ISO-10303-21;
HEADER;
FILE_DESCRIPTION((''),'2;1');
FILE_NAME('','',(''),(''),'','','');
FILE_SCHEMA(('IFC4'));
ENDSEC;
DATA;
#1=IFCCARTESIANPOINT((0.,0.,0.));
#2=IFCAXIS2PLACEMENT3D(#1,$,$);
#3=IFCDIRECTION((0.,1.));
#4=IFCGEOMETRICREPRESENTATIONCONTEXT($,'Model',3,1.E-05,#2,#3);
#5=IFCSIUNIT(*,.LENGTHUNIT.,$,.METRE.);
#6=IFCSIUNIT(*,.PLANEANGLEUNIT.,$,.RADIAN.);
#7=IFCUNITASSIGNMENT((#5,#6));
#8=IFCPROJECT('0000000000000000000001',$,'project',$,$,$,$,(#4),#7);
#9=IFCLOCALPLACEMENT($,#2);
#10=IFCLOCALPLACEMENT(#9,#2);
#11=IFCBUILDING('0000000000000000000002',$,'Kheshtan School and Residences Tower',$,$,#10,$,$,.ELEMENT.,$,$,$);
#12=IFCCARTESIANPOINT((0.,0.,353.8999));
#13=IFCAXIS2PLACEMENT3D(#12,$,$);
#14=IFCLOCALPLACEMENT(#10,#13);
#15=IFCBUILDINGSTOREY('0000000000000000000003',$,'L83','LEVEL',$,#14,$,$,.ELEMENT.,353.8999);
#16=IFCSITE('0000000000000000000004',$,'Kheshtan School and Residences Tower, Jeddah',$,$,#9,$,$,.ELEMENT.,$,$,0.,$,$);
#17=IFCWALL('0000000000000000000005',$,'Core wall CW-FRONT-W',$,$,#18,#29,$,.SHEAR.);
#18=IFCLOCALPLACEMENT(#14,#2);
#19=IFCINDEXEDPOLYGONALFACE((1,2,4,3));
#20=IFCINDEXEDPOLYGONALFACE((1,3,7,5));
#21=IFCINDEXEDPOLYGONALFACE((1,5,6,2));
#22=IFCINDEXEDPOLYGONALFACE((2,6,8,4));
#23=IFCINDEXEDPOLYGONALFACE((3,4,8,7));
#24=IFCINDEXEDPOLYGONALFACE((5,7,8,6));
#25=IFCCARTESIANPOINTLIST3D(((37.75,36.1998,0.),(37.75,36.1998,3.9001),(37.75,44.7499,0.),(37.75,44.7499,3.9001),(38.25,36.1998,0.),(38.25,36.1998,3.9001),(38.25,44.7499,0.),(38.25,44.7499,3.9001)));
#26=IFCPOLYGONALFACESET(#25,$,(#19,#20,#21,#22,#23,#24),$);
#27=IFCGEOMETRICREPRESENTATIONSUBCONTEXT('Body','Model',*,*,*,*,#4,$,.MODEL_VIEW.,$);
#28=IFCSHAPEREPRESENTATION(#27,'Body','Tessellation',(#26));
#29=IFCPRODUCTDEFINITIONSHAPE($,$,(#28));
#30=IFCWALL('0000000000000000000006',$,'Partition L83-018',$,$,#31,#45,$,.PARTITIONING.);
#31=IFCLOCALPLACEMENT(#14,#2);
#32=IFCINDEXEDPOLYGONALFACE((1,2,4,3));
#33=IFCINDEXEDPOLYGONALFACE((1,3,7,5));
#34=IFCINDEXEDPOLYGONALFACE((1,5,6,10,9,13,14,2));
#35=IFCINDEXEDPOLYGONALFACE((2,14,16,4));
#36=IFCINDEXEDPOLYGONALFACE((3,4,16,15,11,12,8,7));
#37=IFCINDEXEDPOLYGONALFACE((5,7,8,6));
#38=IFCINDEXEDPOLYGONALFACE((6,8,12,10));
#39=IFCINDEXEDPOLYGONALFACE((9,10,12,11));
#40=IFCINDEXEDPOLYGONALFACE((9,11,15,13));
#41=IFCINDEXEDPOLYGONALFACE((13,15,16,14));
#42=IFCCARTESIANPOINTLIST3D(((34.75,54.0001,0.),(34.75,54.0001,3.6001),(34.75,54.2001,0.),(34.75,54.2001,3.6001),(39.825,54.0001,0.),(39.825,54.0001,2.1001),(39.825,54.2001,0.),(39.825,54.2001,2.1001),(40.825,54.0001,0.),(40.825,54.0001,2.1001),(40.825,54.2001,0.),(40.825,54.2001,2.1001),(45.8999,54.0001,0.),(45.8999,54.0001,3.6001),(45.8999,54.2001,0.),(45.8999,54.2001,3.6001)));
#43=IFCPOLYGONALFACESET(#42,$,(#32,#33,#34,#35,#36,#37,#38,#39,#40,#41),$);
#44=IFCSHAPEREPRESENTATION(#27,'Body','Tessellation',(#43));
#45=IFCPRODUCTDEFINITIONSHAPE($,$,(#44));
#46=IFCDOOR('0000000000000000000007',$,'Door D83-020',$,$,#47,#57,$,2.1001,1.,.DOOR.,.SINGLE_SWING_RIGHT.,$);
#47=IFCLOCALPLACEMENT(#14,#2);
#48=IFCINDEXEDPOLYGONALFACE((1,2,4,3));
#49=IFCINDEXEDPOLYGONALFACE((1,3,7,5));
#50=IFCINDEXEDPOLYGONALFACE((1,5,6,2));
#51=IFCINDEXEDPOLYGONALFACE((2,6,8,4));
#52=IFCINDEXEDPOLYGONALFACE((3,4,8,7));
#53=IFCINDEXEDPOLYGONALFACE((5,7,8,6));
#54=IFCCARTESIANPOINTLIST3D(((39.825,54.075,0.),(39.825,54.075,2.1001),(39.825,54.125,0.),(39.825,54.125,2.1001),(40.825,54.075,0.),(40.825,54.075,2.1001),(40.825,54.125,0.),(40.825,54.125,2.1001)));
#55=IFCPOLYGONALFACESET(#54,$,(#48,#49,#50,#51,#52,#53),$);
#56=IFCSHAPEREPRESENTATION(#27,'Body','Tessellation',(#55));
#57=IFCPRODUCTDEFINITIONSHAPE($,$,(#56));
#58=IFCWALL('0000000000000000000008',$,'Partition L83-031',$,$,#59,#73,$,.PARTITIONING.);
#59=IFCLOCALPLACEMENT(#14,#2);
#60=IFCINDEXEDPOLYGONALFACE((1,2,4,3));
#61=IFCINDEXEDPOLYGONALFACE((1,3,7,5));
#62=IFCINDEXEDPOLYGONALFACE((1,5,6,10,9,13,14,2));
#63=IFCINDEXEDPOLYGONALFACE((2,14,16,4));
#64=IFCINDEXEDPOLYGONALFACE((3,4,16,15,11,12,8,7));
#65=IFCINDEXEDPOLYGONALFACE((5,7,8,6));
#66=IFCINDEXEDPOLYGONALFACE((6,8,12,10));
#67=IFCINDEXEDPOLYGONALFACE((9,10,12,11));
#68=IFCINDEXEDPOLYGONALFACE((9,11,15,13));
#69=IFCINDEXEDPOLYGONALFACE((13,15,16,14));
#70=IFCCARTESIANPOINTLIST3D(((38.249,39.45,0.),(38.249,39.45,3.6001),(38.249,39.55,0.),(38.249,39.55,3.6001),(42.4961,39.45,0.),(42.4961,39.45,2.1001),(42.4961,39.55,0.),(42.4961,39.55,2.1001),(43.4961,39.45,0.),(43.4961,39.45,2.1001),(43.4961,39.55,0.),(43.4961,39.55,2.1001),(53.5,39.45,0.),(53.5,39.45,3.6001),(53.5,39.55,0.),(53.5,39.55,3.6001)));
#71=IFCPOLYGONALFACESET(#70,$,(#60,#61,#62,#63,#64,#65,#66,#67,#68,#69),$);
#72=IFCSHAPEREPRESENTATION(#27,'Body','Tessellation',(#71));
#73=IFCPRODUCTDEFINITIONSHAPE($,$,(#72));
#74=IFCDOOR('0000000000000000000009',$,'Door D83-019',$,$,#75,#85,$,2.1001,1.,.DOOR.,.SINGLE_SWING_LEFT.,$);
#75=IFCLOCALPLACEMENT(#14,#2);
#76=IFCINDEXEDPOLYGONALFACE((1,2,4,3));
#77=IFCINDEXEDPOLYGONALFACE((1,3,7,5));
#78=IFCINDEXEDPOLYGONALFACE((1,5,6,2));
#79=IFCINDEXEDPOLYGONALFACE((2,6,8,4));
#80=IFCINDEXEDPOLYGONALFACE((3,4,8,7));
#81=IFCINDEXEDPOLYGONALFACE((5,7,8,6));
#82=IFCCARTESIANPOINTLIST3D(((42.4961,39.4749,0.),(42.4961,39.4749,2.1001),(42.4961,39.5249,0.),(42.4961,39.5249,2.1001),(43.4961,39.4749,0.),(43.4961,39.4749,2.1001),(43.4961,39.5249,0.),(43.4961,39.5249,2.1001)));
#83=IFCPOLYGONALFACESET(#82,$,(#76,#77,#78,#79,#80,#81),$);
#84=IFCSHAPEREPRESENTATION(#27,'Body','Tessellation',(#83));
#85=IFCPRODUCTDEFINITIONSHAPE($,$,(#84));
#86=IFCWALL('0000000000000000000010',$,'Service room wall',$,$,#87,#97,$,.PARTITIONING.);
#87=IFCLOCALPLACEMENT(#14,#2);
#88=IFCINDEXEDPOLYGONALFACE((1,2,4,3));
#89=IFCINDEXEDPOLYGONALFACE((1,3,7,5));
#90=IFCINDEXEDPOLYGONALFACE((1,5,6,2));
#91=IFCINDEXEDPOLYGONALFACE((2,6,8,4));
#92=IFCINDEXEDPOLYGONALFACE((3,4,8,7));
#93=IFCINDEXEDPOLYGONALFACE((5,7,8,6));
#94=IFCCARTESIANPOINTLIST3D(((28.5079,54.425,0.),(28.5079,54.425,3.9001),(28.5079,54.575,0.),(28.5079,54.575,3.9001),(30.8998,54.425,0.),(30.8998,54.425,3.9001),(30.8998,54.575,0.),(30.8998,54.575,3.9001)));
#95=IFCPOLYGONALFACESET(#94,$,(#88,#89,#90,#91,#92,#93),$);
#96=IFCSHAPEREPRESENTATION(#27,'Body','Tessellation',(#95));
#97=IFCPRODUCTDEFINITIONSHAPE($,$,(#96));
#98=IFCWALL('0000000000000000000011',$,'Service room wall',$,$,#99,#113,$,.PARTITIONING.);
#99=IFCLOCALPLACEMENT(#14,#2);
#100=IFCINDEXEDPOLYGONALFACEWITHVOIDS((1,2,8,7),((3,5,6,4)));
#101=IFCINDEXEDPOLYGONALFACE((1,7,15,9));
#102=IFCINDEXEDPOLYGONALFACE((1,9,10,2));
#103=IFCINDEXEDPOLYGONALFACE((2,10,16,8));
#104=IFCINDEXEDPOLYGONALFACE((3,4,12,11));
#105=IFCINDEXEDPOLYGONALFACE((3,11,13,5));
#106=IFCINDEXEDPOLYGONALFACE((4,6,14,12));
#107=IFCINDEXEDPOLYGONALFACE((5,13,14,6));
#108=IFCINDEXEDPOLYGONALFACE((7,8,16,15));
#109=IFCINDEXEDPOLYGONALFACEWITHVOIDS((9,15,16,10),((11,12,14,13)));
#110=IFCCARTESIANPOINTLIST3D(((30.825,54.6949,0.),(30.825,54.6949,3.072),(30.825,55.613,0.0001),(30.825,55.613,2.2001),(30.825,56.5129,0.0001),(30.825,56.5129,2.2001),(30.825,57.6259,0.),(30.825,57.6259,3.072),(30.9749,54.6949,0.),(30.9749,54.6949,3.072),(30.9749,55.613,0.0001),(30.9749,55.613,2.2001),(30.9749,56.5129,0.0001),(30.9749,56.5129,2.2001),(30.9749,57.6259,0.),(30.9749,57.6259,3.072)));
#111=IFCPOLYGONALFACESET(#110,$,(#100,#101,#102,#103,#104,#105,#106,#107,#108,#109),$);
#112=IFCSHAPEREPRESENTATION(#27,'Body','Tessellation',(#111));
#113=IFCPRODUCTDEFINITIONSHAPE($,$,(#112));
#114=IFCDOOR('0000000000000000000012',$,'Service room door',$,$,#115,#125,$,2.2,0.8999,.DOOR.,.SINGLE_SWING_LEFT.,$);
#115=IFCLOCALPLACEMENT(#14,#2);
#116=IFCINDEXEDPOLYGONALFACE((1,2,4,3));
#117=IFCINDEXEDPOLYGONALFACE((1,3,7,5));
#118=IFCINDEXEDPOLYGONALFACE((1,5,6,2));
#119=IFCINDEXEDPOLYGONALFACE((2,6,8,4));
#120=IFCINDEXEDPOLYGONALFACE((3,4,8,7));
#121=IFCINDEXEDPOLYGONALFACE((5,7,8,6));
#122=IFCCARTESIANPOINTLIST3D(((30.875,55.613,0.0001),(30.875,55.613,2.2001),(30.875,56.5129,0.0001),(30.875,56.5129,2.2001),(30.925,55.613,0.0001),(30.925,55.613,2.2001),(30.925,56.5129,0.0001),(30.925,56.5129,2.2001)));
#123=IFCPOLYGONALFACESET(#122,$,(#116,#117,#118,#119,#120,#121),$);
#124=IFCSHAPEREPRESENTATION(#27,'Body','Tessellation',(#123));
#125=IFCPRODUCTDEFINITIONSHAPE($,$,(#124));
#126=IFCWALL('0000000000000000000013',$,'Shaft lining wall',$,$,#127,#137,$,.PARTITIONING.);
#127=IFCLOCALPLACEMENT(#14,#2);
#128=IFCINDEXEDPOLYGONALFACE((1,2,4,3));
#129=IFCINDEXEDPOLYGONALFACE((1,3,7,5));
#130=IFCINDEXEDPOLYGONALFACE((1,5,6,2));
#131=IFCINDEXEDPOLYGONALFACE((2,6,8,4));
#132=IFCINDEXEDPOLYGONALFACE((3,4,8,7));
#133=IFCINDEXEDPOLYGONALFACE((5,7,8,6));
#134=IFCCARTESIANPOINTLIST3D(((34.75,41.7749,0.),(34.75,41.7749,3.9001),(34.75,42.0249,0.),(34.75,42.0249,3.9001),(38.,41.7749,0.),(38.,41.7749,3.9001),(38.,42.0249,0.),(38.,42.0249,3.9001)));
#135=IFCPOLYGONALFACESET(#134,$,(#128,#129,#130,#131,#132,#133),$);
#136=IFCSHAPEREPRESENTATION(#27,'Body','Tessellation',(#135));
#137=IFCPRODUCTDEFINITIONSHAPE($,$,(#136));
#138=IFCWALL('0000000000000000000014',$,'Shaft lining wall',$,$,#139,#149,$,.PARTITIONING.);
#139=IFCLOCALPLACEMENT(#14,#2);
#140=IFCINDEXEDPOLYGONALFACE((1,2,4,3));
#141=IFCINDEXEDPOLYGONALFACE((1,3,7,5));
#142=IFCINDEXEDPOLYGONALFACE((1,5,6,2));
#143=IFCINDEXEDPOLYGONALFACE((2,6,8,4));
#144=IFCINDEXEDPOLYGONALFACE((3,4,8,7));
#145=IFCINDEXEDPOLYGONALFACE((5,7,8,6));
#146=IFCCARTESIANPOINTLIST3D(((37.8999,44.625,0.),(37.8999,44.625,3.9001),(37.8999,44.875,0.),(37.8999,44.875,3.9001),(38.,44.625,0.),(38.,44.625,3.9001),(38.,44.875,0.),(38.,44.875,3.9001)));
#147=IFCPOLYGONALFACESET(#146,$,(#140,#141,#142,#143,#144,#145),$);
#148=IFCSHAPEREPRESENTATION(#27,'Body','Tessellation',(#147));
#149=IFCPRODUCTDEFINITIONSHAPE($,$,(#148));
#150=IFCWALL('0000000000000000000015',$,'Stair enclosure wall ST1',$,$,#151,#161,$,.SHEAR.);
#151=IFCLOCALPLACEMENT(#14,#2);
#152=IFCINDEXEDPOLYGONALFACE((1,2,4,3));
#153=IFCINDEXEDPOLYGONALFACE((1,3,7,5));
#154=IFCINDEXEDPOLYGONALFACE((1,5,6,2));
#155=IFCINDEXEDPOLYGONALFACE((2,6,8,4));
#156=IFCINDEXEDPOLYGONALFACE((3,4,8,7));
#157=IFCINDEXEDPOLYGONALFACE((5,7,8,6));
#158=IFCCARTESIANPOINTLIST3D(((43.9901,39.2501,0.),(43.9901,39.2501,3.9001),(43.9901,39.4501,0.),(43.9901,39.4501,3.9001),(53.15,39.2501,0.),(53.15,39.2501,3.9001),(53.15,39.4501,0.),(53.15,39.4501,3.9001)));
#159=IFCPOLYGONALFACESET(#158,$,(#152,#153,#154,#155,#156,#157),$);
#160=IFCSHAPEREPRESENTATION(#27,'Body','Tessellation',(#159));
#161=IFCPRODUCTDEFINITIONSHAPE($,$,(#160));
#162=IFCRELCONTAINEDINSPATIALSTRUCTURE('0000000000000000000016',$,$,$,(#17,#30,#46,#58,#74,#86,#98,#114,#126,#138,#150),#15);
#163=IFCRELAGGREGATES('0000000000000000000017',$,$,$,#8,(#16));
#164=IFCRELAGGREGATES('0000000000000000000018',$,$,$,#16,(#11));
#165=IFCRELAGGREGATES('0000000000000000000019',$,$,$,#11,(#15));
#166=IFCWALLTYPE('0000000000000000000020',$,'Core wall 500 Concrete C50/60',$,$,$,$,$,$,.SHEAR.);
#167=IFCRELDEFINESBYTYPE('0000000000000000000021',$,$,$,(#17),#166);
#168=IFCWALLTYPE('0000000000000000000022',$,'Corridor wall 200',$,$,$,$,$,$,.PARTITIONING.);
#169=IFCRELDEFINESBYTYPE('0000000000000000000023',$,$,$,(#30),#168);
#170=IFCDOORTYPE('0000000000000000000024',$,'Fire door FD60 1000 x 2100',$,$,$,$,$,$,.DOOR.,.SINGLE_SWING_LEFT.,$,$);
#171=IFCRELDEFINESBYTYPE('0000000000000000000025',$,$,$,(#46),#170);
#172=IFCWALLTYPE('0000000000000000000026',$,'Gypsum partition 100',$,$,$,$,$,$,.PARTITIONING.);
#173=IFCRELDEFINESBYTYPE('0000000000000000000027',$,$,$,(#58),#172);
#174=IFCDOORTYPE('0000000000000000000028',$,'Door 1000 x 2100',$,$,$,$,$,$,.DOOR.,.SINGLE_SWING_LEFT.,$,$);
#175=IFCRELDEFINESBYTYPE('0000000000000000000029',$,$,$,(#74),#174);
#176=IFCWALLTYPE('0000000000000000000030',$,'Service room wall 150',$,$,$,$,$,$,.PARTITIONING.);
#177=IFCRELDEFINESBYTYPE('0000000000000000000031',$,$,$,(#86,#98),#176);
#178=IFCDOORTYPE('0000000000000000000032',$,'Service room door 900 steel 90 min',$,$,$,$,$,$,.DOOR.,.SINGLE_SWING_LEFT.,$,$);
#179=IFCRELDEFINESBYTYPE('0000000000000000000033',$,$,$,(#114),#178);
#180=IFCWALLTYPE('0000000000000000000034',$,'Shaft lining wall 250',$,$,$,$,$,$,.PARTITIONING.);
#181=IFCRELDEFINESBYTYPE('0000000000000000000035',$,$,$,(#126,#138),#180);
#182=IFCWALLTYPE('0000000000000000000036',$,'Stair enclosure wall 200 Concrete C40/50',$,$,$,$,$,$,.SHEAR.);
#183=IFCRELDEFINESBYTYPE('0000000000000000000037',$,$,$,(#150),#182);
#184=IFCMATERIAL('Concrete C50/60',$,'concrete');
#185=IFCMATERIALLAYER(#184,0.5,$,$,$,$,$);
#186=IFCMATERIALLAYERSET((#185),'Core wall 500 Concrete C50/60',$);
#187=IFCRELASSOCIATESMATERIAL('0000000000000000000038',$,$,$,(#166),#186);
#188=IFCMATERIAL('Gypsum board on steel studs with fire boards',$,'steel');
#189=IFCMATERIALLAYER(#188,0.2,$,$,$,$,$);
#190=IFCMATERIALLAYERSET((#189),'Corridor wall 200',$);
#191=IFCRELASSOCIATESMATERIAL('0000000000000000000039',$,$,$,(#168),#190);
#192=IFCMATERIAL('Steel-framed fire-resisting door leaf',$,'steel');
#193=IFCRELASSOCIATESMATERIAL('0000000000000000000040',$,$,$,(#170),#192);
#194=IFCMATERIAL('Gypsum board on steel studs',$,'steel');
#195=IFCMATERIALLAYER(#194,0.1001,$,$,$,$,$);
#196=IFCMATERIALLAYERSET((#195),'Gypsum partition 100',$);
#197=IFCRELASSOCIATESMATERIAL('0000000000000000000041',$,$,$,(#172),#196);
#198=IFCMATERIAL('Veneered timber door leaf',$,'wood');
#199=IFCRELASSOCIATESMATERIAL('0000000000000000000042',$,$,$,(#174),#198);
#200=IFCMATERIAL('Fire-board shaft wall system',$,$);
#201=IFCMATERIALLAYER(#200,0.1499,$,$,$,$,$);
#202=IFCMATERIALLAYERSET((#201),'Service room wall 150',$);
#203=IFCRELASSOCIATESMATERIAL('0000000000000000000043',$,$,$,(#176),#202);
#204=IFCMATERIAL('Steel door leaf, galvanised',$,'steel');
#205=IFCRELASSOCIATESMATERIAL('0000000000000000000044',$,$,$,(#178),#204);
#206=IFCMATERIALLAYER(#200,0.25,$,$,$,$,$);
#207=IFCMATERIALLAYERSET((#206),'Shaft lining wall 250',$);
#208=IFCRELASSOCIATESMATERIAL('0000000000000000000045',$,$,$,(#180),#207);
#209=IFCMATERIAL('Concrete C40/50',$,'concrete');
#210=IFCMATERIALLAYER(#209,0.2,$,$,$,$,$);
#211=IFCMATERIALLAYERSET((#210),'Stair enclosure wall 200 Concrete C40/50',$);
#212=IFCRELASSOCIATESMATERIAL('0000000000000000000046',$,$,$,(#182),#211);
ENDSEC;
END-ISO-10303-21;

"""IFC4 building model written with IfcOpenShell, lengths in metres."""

from ifc_helpers import new_model, si_unit, direction, frame, frame_2d, origin, place, context, subcontext, project, spatial, rectangle, extrude, source, transform, mapped, material, layer, layer_set, type_object, element, fill, save


model = new_model("IFC4")

# Units and contexts
model_context = context("Model", 3, precision=1e-05, world=origin(), true_north=direction((0.0, 1.0)))
body_context = subcontext(model_context, "Body", "Model", "MODEL_VIEW")
ifc_project = project(units=[si_unit("LENGTHUNIT", "METRE"), si_unit("PLANEANGLEUNIT", "RADIAN")], contexts=[model_context])

# Site, building, storey
site_placement = place(None, origin())
site = spatial("IfcSite", under=ifc_project, at=site_placement, Name="Kheshtan School and Residences Tower, Jeddah", CompositionType="ELEMENT", RefElevation=0.0)
building_placement = place(site_placement, origin())
building = spatial("IfcBuilding", under=site, at=building_placement, Name="Kheshtan School and Residences Tower", CompositionType="ELEMENT")
storey_placement = place(building_placement, frame((0.0, 0.0, 353.8999)))
storey = spatial("IfcBuildingStorey", under=building, at=storey_placement, Name="L83", Description="LEVEL", CompositionType="ELEMENT", Elevation=353.8999)

# Wall
ifc_material_1 = material(Name="Concrete C50/60", Category="concrete")
ifc_layer_1 = layer(ifc_material_1, 0.5)
ifc_layer_set_1 = layer_set([ifc_layer_1], Name="Core wall 500 Concrete C50/60")
wall_type_1 = type_object("IfcWallType", Name="Core wall 500 Concrete C50/60", PredefinedType="SHEAR", material=ifc_layer_set_1)
wall_1_placement = place(storey_placement, frame((38.0, 36.2, 0.0), z_axis=(0.0, 0.0, 1.0), x_axis=(0.0, 1.0, 0.0)))
element("IfcWall", 1, at=wall_1_placement, inside=storey, type_object=wall_type_1, Name="Core wall CW-FRONT-W", PredefinedType="SHEAR", context=body_context, shape_type="SweptSolid", body=[
    extrude(rectangle(XDim=8.55, YDim=0.5, at=frame_2d((4.2749, 0.0))), origin(), (0.0, 0.0, 1.0), 3.9001),
])

# Walls, openings, doors
ifc_material_2 = material(Name="Gypsum board on steel studs with fire boards", Category="steel")
ifc_layer_2 = layer(ifc_material_2, 0.2)
ifc_layer_set_2 = layer_set([ifc_layer_2], Name="Corridor wall 200")
wall_type_2 = type_object("IfcWallType", Name="Corridor wall 200", PredefinedType="PARTITIONING", material=ifc_layer_set_2)
wall_2_placement = place(storey_placement, frame((34.75, 54.1001, 0.0), z_axis=(0.0, 0.0, 1.0), x_axis=(1.0, 0.0, 0.0)))
wall_2 = element("IfcWall", 2, at=wall_2_placement, inside=storey, type_object=wall_type_2, Name="Partition L83-018", PredefinedType="PARTITIONING", context=body_context, shape_type="SweptSolid", body=[
    extrude(rectangle(XDim=11.1499, YDim=0.2, at=frame_2d((5.575, 0.0))), origin(), (0.0, 0.0, 1.0), 3.6001),
])
opening_1_placement = place(wall_2_placement, frame((5.075, 0.0, 0.0)))
opening_1 = element("IfcOpeningElement", 3, at=opening_1_placement, cuts=wall_2, PredefinedType="OPENING", context=body_context, shape_type="SweptSolid", body=[
    extrude(rectangle(XDim=1.0, YDim=2.1001, at=frame_2d((0.5, 1.05))), frame((0.0, 0.1099, 0.0), z_axis=(0.0, -1.0, 0.0), x_axis=(1.0, 0.0, 0.0)), (0.0, 0.0, 1.0), 0.22),
])
ifc_material_3 = material(Name="Steel-framed fire-resisting door leaf", Category="steel")
door_type_1 = type_object("IfcDoorType", Name="Fire door FD60 1000 x 2100", OperationType="SINGLE_SWING_LEFT", PredefinedType="DOOR", material=ifc_material_3)
shared_shape_1 = source(origin(), body_context, "Body", "SweptSolid", [
    extrude(rectangle(XDim=1.0, YDim=2.1001, at=frame_2d((0.5, 1.05))), frame((0.0, 0.0249, 0.0), z_axis=(0.0, -1.0, 0.0), x_axis=(1.0, 0.0, 0.0)), (0.0, 0.0, 1.0), 0.05),
])
door_1_placement = place(opening_1_placement, origin())
door_1 = element("IfcDoor", 4, at=door_1_placement, inside=storey, type_object=door_type_1, Name="Door D83-020", OperationType="SINGLE_SWING_RIGHT", OverallHeight=2.1001, OverallWidth=1.0, PredefinedType="DOOR", context=body_context, shape_type="MappedRepresentation", body=[
    mapped(shared_shape_1, transform((0.0, 0.0, 0.0), x_axis=(1.0, 0.0, 0.0), y_axis=(0.0, 1.0, 0.0), z_axis=(0.0, 0.0, 1.0), scale=1.0)),
])
fill(opening_1, door_1)
ifc_material_4 = material(Name="Gypsum board on steel studs", Category="steel")
ifc_layer_3 = layer(ifc_material_4, 0.1001)
ifc_layer_set_3 = layer_set([ifc_layer_3], Name="Gypsum partition 100")
wall_type_3 = type_object("IfcWallType", Name="Gypsum partition 100", PredefinedType="PARTITIONING", material=ifc_layer_set_3)
wall_3_placement = place(storey_placement, frame((38.249, 39.5, 0.0), z_axis=(0.0, 0.0, 1.0), x_axis=(1.0, 0.0, 0.0)))
wall_3 = element("IfcWall", 5, at=wall_3_placement, inside=storey, type_object=wall_type_3, Name="Partition L83-031", PredefinedType="PARTITIONING", context=body_context, shape_type="SweptSolid", body=[
    extrude(rectangle(XDim=15.251, YDim=0.1001, at=frame_2d((7.6255, 0.0))), origin(), (0.0, 0.0, 1.0), 3.6001),
])
opening_2_placement = place(wall_3_placement, frame((4.2471, 0.0, 0.0)))
opening_2 = element("IfcOpeningElement", 6, at=opening_2_placement, cuts=wall_3, PredefinedType="OPENING", context=body_context, shape_type="SweptSolid", body=[
    extrude(rectangle(XDim=1.0, YDim=2.1001, at=frame_2d((0.5, 1.05))), frame((0.0, 0.0601, 0.0), z_axis=(0.0, -1.0, 0.0), x_axis=(1.0, 0.0, 0.0)), (0.0, 0.0, 1.0), 0.1201),
])
ifc_material_5 = material(Name="Veneered timber door leaf", Category="wood")
door_type_2 = type_object("IfcDoorType", Name="Door 1000 x 2100", OperationType="SINGLE_SWING_LEFT", PredefinedType="DOOR", material=ifc_material_5)
shared_shape_2 = source(origin(), body_context, "Body", "SweptSolid", [
    extrude(rectangle(XDim=1.0, YDim=2.1001, at=frame_2d((0.5, 1.05))), frame((0.0, 0.0249, 0.0), z_axis=(0.0, -1.0, 0.0), x_axis=(1.0, 0.0, 0.0)), (0.0, 0.0, 1.0), 0.05),
])
door_2_placement = place(opening_2_placement, origin())
door_2 = element("IfcDoor", 7, at=door_2_placement, inside=storey, type_object=door_type_2, Name="Door D83-019", OperationType="SINGLE_SWING_LEFT", OverallHeight=2.1001, OverallWidth=1.0, PredefinedType="DOOR", context=body_context, shape_type="MappedRepresentation", body=[
    mapped(shared_shape_2, transform((0.0, 0.0, 0.0), x_axis=(1.0, 0.0, 0.0), y_axis=(0.0, 1.0, 0.0), z_axis=(0.0, 0.0, 1.0), scale=1.0)),
])
fill(opening_2, door_2)

# Wall
ifc_material_6 = material(Name="Fire-board shaft wall system")
ifc_layer_4 = layer(ifc_material_6, 0.1499)
ifc_layer_set_4 = layer_set([ifc_layer_4], Name="Service room wall 150")
wall_type_4 = type_object("IfcWallType", Name="Service room wall 150", PredefinedType="PARTITIONING", material=ifc_layer_set_4)
wall_4_placement = place(storey_placement, frame((28.5081, 54.5, 0.0), z_axis=(0.0, 0.0, 1.0), x_axis=(1.0, 0.0, 0.0)))
element("IfcWall", 8, at=wall_4_placement, inside=storey, type_object=wall_type_4, Name="Service room wall", PredefinedType="PARTITIONING", context=body_context, shape_type="SweptSolid", body=[
    extrude(rectangle(XDim=2.3918, YDim=0.1499, at=frame_2d((1.1958, 0.0))), origin(), (0.0, 0.0, 1.0), 3.9001),
])

# Wall, opening, door
wall_5_placement = place(storey_placement, frame((30.8999, 54.6951, 0.0), z_axis=(0.0, 0.0, 1.0), x_axis=(0.0, 1.0, 0.0)))
wall_5 = element("IfcWall", 9, at=wall_5_placement, inside=storey, type_object=wall_type_4, Name="Service room wall", PredefinedType="PARTITIONING", context=body_context, shape_type="SweptSolid", body=[
    extrude(rectangle(XDim=2.9309, YDim=0.1499, at=frame_2d((1.4653, 0.0))), origin(), (0.0, 0.0, 1.0), 3.072),
])
opening_3_placement = place(wall_5_placement, frame((0.918, 0.0, 0.0)))
opening_3 = element("IfcOpeningElement", 10, at=opening_3_placement, cuts=wall_5, PredefinedType="OPENING", context=body_context, shape_type="SweptSolid", body=[
    extrude(rectangle(XDim=0.8999, YDim=2.2, at=frame_2d((0.45, 1.1001))), frame((0.0, 0.085, 0.0), z_axis=(0.0, -1.0, 0.0), x_axis=(1.0, 0.0, 0.0)), (0.0, 0.0, 1.0), 0.1699),
])
ifc_material_7 = material(Name="Steel door leaf, galvanised", Category="steel")
door_type_3 = type_object("IfcDoorType", Name="Service room door 900 steel 90 min", OperationType="SINGLE_SWING_LEFT", PredefinedType="DOOR", material=ifc_material_7)
shared_shape_3 = source(origin(), body_context, "Body", "SweptSolid", [
    extrude(rectangle(XDim=0.8999, YDim=2.2, at=frame_2d((0.45, 1.1001))), frame((0.0, 0.0249, 0.0), z_axis=(0.0, -1.0, 0.0), x_axis=(1.0, 0.0, 0.0)), (0.0, 0.0, 1.0), 0.05),
])
door_3_placement = place(opening_3_placement, origin())
door_3 = element("IfcDoor", 11, at=door_3_placement, inside=storey, type_object=door_type_3, Name="Service room door", OperationType="SINGLE_SWING_LEFT", OverallHeight=2.2, OverallWidth=0.8999, PredefinedType="DOOR", context=body_context, shape_type="MappedRepresentation", body=[
    mapped(shared_shape_3, transform((0.0, 0.0, 0.0), x_axis=(1.0, 0.0, 0.0), y_axis=(0.0, 1.0, 0.0), z_axis=(0.0, 0.0, 1.0), scale=1.0)),
])
fill(opening_3, door_3)

# Walls
ifc_layer_5 = layer(ifc_material_6, 0.25)
ifc_layer_set_5 = layer_set([ifc_layer_5], Name="Shaft lining wall 250")
wall_type_5 = type_object("IfcWallType", Name="Shaft lining wall 250", PredefinedType="PARTITIONING", material=ifc_layer_set_5)
wall_6_placement = place(storey_placement, frame((34.75, 41.8999, 0.0), z_axis=(0.0, 0.0, 1.0), x_axis=(1.0, 0.0, 0.0)))
element("IfcWall", 12, at=wall_6_placement, inside=storey, type_object=wall_type_5, Name="Shaft lining wall", PredefinedType="PARTITIONING", context=body_context, shape_type="SweptSolid", body=[
    extrude(rectangle(XDim=3.25, YDim=0.25, at=frame_2d((1.625, 0.0))), origin(), (0.0, 0.0, 1.0), 3.9001),
])
wall_7_placement = place(storey_placement, frame((37.8999, 44.75, 0.0), z_axis=(0.0, 0.0, 1.0), x_axis=(1.0, 0.0, 0.0)))
element("IfcWall", 13, at=wall_7_placement, inside=storey, type_object=wall_type_5, Name="Shaft lining wall", PredefinedType="PARTITIONING", context=body_context, shape_type="SweptSolid", body=[
    extrude(rectangle(XDim=0.1001, YDim=0.25, at=frame_2d((0.05, 0.0))), origin(), (0.0, 0.0, 1.0), 3.9001),
])
ifc_material_8 = material(Name="Concrete C40/50", Category="concrete")
ifc_layer_6 = layer(ifc_material_8, 0.2)
ifc_layer_set_6 = layer_set([ifc_layer_6], Name="Stair enclosure wall 200 Concrete C40/50")
wall_type_6 = type_object("IfcWallType", Name="Stair enclosure wall 200 Concrete C40/50", PredefinedType="SHEAR", material=ifc_layer_set_6)
wall_8_placement = place(storey_placement, frame((43.99, 39.3501, 0.0), z_axis=(0.0, 0.0, 1.0), x_axis=(1.0, 0.0, 0.0)))
element("IfcWall", 14, at=wall_8_placement, inside=storey, type_object=wall_type_6, Name="Stair enclosure wall ST1", PredefinedType="SHEAR", context=body_context, shape_type="SweptSolid", body=[
    extrude(rectangle(XDim=9.1599, YDim=0.2, at=frame_2d((4.5801, 0.0))), origin(), (0.0, 0.0, 1.0), 3.9001),
])

save(model, "model.ifc")
